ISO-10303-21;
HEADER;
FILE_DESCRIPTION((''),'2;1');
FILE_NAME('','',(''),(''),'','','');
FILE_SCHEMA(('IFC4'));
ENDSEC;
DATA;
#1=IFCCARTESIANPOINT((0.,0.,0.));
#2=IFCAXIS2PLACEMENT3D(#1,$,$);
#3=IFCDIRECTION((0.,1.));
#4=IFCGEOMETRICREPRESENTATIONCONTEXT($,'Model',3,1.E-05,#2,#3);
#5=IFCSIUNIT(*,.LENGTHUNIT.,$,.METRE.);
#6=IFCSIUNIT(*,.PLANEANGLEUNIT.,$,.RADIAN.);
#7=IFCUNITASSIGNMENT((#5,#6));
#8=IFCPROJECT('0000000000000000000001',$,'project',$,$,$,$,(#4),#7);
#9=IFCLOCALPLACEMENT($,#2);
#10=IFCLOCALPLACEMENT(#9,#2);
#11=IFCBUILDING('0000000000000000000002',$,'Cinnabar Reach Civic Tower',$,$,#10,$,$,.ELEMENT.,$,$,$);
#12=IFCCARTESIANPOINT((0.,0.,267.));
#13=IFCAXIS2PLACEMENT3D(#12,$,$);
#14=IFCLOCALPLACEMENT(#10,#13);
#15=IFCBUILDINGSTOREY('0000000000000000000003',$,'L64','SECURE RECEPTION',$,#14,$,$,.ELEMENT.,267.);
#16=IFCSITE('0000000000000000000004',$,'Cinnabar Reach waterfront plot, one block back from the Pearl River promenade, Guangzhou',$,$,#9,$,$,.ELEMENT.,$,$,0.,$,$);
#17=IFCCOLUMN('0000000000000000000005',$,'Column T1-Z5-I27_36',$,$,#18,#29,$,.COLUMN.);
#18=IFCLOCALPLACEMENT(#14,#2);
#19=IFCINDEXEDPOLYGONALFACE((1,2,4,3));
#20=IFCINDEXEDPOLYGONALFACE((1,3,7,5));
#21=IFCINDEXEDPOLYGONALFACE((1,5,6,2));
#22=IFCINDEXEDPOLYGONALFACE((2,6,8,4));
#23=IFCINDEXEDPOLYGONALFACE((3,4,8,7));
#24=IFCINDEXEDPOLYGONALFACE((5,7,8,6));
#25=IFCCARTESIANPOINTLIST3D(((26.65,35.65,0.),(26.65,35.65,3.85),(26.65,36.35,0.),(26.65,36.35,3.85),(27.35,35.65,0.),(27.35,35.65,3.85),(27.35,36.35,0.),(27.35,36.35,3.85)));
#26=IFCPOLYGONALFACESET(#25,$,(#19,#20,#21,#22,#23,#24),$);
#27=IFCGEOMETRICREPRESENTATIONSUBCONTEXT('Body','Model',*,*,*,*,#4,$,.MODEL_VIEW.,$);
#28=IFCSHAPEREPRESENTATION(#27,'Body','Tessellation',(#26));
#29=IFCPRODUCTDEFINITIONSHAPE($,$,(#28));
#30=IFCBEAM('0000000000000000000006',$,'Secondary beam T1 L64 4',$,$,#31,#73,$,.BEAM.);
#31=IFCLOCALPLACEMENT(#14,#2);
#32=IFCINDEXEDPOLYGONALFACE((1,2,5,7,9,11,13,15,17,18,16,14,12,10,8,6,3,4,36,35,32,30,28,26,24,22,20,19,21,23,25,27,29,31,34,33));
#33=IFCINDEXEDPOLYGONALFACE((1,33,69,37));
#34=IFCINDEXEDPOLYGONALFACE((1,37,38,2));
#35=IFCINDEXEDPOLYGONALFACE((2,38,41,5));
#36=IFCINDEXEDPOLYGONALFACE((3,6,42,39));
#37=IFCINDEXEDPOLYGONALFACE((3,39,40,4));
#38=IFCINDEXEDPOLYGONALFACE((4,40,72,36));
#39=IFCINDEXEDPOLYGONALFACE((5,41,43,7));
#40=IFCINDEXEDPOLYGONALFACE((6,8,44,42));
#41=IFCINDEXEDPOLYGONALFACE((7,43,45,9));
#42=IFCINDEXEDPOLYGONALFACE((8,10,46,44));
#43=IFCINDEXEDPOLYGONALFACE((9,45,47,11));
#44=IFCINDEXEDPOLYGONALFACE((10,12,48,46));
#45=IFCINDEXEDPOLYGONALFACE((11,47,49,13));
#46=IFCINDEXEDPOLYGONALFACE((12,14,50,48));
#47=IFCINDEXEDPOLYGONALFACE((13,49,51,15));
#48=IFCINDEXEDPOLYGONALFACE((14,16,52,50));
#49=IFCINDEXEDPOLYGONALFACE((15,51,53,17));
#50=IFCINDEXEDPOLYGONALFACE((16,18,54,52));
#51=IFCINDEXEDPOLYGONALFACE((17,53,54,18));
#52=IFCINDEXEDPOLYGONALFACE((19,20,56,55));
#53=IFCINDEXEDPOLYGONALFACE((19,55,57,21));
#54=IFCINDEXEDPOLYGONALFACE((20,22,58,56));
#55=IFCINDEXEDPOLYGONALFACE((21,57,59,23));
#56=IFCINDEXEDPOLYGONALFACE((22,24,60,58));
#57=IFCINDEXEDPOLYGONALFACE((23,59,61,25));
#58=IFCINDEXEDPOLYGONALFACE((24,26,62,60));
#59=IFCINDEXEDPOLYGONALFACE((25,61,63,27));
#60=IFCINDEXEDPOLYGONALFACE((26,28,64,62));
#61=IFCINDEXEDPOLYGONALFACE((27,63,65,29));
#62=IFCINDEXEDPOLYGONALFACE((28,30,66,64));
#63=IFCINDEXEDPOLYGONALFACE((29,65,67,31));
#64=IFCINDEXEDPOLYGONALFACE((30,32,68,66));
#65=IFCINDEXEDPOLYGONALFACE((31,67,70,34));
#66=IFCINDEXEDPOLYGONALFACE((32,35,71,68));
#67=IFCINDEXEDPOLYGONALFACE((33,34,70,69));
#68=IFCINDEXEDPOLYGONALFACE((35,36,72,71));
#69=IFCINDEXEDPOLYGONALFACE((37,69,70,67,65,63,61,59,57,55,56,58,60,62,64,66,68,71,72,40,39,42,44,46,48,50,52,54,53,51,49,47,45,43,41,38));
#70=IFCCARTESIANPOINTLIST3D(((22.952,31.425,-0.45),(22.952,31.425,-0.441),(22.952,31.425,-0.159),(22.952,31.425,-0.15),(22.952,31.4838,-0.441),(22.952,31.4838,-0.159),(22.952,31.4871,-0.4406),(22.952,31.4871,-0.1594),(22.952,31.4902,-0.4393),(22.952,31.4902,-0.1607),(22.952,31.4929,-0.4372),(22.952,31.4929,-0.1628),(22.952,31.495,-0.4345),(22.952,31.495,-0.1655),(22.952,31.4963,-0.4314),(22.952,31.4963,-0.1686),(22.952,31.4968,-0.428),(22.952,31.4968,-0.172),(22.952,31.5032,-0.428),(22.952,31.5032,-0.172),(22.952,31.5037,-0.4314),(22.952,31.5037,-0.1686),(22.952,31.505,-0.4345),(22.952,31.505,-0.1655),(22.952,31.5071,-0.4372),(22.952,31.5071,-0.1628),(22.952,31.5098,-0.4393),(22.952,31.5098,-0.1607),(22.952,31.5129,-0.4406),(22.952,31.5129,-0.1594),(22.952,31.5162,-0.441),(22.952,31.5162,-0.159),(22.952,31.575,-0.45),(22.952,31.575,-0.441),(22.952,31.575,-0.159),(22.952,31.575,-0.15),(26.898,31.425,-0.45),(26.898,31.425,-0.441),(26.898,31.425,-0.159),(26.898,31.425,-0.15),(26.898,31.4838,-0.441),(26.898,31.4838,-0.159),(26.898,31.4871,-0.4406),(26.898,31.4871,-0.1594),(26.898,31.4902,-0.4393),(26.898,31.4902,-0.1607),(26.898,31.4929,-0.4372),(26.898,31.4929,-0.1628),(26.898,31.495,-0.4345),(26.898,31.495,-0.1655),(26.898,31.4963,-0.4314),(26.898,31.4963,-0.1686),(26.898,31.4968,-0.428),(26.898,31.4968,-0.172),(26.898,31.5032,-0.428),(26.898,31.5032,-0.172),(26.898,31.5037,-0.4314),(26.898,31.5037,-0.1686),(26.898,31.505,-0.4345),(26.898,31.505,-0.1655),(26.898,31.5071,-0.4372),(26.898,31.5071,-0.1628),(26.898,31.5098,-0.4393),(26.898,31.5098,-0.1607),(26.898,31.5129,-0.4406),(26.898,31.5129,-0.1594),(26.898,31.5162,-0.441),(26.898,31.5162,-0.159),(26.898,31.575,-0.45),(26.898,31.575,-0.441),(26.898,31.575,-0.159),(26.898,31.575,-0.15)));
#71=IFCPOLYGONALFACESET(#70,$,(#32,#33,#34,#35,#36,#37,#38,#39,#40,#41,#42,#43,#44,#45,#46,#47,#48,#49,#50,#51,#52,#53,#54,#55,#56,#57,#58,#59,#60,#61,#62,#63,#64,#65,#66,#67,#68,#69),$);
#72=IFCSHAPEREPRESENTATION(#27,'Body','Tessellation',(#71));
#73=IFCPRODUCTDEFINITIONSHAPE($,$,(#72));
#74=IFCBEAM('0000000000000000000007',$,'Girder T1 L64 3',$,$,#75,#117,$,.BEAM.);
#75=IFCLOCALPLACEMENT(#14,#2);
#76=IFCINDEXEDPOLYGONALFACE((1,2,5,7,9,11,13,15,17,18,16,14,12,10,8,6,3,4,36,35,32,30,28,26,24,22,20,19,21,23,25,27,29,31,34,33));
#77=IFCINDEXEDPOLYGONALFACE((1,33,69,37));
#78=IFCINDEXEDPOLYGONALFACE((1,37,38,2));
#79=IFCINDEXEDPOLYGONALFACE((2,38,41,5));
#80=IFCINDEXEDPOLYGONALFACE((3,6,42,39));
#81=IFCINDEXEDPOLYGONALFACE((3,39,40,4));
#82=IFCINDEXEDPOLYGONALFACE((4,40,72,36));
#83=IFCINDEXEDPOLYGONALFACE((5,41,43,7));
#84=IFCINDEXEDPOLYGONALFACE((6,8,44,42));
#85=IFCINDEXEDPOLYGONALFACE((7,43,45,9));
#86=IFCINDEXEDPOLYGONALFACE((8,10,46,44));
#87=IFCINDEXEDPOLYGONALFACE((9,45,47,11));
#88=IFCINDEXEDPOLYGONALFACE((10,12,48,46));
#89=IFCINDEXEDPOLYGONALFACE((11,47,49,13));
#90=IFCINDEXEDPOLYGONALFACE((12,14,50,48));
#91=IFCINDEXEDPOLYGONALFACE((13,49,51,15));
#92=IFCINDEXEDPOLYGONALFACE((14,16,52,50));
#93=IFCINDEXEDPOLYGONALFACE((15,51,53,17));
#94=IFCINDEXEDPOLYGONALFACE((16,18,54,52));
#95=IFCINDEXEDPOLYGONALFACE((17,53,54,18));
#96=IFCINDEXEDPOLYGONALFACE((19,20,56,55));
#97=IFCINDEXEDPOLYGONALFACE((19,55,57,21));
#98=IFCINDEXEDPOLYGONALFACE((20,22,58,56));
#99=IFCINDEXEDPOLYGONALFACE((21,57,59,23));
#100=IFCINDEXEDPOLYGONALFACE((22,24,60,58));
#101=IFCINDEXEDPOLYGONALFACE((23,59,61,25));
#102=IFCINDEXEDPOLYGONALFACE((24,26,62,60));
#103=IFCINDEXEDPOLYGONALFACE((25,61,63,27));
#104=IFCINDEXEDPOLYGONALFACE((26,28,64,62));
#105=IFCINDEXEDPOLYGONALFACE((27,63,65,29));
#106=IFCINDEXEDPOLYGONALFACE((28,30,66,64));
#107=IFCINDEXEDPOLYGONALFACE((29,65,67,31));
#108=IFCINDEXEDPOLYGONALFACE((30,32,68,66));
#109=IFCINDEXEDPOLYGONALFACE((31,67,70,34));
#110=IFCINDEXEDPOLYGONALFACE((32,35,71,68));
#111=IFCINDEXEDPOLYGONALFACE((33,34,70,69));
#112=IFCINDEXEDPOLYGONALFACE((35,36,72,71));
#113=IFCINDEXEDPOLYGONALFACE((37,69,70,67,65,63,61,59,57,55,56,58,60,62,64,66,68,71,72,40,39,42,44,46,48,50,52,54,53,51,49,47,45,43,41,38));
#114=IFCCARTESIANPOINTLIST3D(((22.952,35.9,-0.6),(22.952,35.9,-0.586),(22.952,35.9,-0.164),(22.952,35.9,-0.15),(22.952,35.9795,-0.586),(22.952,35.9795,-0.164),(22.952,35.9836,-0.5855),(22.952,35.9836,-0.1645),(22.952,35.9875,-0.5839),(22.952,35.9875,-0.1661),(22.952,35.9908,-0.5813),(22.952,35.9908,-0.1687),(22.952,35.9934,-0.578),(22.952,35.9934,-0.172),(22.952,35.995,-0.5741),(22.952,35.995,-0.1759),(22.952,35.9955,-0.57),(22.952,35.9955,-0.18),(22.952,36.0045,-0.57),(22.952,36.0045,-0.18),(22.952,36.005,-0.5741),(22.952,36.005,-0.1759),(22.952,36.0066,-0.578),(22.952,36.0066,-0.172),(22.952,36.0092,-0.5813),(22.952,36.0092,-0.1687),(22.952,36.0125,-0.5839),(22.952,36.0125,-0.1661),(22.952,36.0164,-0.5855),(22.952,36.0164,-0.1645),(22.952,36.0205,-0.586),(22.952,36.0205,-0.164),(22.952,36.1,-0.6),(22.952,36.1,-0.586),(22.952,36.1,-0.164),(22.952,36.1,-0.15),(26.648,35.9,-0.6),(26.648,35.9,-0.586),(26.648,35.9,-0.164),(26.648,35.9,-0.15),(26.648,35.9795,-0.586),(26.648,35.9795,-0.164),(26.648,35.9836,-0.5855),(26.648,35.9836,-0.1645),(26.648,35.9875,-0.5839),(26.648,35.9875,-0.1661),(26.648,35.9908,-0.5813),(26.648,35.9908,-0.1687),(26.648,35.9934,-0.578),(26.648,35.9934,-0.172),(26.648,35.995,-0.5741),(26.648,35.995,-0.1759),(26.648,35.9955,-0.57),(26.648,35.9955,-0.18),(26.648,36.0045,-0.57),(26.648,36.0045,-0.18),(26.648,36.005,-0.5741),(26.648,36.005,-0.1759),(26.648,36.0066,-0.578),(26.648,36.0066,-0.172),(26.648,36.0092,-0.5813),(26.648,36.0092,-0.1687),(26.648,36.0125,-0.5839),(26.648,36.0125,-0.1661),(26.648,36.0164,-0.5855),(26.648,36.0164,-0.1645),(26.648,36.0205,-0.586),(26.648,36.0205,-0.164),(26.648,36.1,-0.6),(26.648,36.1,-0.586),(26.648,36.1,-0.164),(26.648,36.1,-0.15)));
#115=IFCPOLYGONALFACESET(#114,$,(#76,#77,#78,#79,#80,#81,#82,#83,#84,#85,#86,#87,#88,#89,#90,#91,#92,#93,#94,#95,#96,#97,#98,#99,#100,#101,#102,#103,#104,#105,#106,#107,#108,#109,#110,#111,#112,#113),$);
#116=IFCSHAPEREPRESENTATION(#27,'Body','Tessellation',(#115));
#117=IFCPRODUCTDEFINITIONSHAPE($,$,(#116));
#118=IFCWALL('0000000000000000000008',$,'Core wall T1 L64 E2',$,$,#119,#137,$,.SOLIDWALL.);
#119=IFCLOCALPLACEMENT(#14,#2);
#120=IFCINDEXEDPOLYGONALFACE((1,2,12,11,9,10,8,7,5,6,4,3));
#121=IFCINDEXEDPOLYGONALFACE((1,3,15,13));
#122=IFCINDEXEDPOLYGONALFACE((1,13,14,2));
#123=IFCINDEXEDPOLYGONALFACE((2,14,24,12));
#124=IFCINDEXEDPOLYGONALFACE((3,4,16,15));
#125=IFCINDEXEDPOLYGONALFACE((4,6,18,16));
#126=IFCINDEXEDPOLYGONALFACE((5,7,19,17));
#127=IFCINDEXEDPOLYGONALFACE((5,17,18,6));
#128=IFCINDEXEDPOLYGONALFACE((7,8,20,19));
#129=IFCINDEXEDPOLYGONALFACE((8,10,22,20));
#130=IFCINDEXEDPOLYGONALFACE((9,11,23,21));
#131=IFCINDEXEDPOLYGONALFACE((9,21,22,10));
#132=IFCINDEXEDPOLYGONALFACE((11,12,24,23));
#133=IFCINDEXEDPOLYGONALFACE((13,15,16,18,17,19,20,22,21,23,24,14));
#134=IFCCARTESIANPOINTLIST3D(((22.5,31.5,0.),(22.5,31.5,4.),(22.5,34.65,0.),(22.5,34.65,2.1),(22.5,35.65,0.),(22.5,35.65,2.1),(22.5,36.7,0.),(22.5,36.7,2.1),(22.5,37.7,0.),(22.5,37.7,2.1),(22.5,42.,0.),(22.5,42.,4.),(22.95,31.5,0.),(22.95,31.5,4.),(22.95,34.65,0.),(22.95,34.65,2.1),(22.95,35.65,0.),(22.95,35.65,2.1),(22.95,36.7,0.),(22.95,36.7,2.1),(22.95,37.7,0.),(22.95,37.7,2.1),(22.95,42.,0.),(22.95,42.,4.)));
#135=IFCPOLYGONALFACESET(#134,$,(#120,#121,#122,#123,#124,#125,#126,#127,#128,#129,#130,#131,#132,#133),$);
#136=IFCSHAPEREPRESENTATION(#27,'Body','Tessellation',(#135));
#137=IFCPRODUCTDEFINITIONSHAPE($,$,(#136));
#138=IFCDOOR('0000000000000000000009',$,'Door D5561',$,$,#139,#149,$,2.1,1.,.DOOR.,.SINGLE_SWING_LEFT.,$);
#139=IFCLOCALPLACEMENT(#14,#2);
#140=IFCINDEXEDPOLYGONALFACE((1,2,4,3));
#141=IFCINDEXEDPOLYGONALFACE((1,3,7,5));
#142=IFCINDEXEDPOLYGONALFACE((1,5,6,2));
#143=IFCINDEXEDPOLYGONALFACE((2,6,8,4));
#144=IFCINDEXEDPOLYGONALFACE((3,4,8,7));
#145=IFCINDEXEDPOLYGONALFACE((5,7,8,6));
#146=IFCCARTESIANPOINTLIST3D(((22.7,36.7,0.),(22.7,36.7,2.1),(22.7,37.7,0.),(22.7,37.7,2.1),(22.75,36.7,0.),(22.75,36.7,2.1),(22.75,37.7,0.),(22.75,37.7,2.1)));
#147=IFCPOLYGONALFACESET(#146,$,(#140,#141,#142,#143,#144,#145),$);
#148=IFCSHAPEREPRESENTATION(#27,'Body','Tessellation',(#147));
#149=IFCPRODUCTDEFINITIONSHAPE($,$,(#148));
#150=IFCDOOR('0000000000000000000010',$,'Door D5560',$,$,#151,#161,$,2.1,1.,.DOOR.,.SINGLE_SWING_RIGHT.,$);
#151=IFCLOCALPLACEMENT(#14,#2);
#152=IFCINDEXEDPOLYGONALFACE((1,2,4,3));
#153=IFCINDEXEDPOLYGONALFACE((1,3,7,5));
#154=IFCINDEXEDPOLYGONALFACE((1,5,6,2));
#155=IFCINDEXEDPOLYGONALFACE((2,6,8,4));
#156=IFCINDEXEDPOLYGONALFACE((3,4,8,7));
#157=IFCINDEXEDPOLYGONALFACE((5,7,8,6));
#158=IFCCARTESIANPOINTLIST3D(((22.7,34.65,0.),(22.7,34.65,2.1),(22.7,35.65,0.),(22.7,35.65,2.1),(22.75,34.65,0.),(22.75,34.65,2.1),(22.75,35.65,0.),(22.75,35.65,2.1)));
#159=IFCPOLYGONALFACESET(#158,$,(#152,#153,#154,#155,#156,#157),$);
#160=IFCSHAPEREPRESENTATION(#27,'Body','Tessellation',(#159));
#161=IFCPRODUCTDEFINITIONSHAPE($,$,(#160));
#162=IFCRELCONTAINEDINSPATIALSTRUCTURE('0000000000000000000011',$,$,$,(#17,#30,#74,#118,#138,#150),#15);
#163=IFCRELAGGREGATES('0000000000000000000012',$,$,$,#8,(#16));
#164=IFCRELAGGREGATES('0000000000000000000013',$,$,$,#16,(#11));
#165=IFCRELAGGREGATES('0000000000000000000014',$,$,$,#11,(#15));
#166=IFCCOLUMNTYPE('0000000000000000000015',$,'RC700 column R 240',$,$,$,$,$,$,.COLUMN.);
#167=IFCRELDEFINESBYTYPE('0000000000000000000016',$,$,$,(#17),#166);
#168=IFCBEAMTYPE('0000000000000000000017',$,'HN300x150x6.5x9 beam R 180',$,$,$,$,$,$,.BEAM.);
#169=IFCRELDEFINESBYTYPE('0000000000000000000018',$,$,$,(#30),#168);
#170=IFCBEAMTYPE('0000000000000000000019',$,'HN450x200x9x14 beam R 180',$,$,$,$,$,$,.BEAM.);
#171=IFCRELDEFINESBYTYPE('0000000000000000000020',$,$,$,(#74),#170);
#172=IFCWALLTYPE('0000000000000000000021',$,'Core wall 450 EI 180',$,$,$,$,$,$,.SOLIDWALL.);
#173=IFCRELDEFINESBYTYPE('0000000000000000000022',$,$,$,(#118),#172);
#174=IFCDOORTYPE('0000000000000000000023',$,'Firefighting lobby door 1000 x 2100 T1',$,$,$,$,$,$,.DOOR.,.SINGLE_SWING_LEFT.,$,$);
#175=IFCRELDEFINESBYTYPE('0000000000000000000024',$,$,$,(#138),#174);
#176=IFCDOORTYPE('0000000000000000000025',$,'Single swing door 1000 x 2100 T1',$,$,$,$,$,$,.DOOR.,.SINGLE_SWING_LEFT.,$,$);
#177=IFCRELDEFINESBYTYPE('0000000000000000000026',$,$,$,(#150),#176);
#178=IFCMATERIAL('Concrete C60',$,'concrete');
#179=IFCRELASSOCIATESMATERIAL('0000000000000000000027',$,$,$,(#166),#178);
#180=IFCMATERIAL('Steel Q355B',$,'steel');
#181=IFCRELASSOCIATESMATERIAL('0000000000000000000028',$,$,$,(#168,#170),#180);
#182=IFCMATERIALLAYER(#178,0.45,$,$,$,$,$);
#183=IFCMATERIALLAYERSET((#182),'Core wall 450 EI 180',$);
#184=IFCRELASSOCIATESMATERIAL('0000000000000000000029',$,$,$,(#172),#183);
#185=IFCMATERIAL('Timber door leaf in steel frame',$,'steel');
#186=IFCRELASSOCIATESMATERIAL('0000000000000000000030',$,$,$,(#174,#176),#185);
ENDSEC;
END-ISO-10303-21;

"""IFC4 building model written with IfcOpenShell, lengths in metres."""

from ifc_helpers import new_model, si_unit, direction, frame, frame_2d, origin, origin_2d, place, context, subcontext, project, spatial, rectangle, i_section, extrude, material, layer, layer_set, material_profile, profile_set, type_object, element, fill, save


model = new_model("IFC4")

# Units and contexts
model_context = context("Model", 3, precision=1e-05, world=origin(), true_north=direction((0.0, 1.0)))
body_context = subcontext(model_context, "Body", "Model", "MODEL_VIEW")
ifc_project = project(units=[si_unit("LENGTHUNIT", "METRE"), si_unit("PLANEANGLEUNIT", "RADIAN")], contexts=[model_context])

# Site, building, storey
site_placement = place(None, origin())
site = spatial("IfcSite", under=ifc_project, at=site_placement, Name="Cinnabar Reach waterfront plot, one block back from the Pearl River promenade, Guangzhou", CompositionType="ELEMENT", RefElevation=0.0)
building_placement = place(site_placement, origin())
building = spatial("IfcBuilding", under=site, at=building_placement, Name="Cinnabar Reach Civic Tower", CompositionType="ELEMENT")
storey_placement = place(building_placement, frame((0.0, 0.0, 267.0)))
storey = spatial("IfcBuildingStorey", under=building, at=storey_placement, Name="L64", Description="SECURE RECEPTION", CompositionType="ELEMENT", Elevation=267.0)

# Column
ifc_material_1 = material(Name="Concrete C60", Category="concrete")
ifc_material_profile_1 = material_profile(ifc_material_1, rectangle(XDim=0.7, YDim=0.7, at=origin_2d()), Name="RC700")
ifc_profile_set_1 = profile_set([ifc_material_profile_1], Name="Concrete C60")
column_type = type_object("IfcColumnType", Name="RC700 column R 240", PredefinedType="COLUMN", material=ifc_profile_set_1)
column_placement = place(storey_placement, frame((27.0, 36.0, 0.0), z_axis=(0.0, 0.0, 1.0), x_axis=(1.0, 0.0, 0.0)))
element("IfcColumn", 1, at=column_placement, inside=storey, type_object=column_type, Name="Column T1-Z5-I27_36", PredefinedType="COLUMN", context=body_context, shape_type="SweptSolid", body=[
    extrude(rectangle(XDim=0.7, YDim=0.7, at=origin_2d()), origin(), (0.0, 0.0, 1.0), 3.85),
])

# Beams
ifc_material_2 = material(Name="Steel Q355B", Category="steel")
ifc_material_profile_2 = material_profile(ifc_material_2, i_section(OverallWidth=0.15, OverallDepth=0.3, WebThickness=0.0065, FlangeThickness=0.009, FilletRadius=0.013, at=origin_2d()), Name="HN300x150x6.5x9")
ifc_profile_set_2 = profile_set([ifc_material_profile_2], Name="Steel Q355B")
beam_type_1 = type_object("IfcBeamType", Name="HN300x150x6.5x9 beam R 180", PredefinedType="BEAM", material=ifc_profile_set_2)
beam_1_placement = place(storey_placement, frame((22.952, 31.5, -0.3), z_axis=(1.0, 0.0, 0.0), x_axis=(0.0, 1.0, 0.0)))
element("IfcBeam", 2, at=beam_1_placement, inside=storey, type_object=beam_type_1, Name="Secondary beam T1 L64 4", PredefinedType="BEAM", context=body_context, shape_type="SweptSolid", body=[
    extrude(i_section(OverallWidth=0.15, OverallDepth=0.3, WebThickness=0.0065, FlangeThickness=0.009, FilletRadius=0.013, at=origin_2d()), origin(), (0.0, 0.0, 1.0), 3.946),
])
ifc_material_profile_3 = material_profile(ifc_material_2, i_section(OverallWidth=0.2, OverallDepth=0.45, WebThickness=0.009, FlangeThickness=0.014, FilletRadius=0.016, at=origin_2d()), Name="HN450x200x9x14")
ifc_profile_set_3 = profile_set([ifc_material_profile_3], Name="Steel Q355B")
beam_type_2 = type_object("IfcBeamType", Name="HN450x200x9x14 beam R 180", PredefinedType="BEAM", material=ifc_profile_set_3)
beam_2_placement = place(storey_placement, frame((22.952, 36.0, -0.375), z_axis=(1.0, 0.0, 0.0), x_axis=(0.0, 1.0, 0.0)))
element("IfcBeam", 3, at=beam_2_placement, inside=storey, type_object=beam_type_2, Name="Girder T1 L64 3", PredefinedType="BEAM", context=body_context, shape_type="SweptSolid", body=[
    extrude(i_section(OverallWidth=0.2, OverallDepth=0.45, WebThickness=0.009, FlangeThickness=0.014, FilletRadius=0.016, at=origin_2d()), origin(), (0.0, 0.0, 1.0), 3.696),
])

# Wall, openings, doors
ifc_layer_1 = layer(ifc_material_1, 0.45)
ifc_layer_set_1 = layer_set([ifc_layer_1], Name="Core wall 450 EI 180")
wall_type_1 = type_object("IfcWallType", Name="Core wall 450 EI 180", PredefinedType="SOLIDWALL", material=ifc_layer_set_1)
wall_1_placement = place(storey_placement, frame((22.725, 31.5, 0.0), z_axis=(0.0, 0.0, 1.0), x_axis=(0.0, 1.0, 0.0)))
wall_1 = element("IfcWall", 4, at=wall_1_placement, inside=storey, type_object=wall_type_1, Name="Core wall T1 L64 E2", PredefinedType="SOLIDWALL", context=body_context, shape_type="SweptSolid", body=[
    extrude(rectangle(XDim=10.5, YDim=0.45, at=frame_2d((5.25, 0.0))), origin(), (0.0, 0.0, 1.0), 4.0),
])
opening_1_placement = place(wall_1_placement, frame((3.15, 0.0, 0.0)))
opening_1 = element("IfcOpeningElement", 5, at=opening_1_placement, cuts=wall_1, PredefinedType="OPENING", context=body_context, shape_type="SweptSolid", body=[
    extrude(rectangle(XDim=1.0, YDim=2.1, at=frame_2d((0.5, 1.05))), frame((0.0, 0.235, 0.0), z_axis=(0.0, -1.0, 0.0), x_axis=(1.0, 0.0, 0.0)), (0.0, 0.0, 1.0), 0.47),
])
opening_2_placement = place(wall_1_placement, frame((5.2, 0.0, 0.0)))
opening_2 = element("IfcOpeningElement", 6, at=opening_2_placement, cuts=wall_1, PredefinedType="OPENING", context=body_context, shape_type="SweptSolid", body=[
    extrude(rectangle(XDim=1.0, YDim=2.1, at=frame_2d((0.5, 1.05))), frame((0.0, 0.235, 0.0), z_axis=(0.0, -1.0, 0.0), x_axis=(1.0, 0.0, 0.0)), (0.0, 0.0, 1.0), 0.47),
])
ifc_material_3 = material(Name="Timber door leaf in steel frame", Category="steel")
door_type_1 = type_object("IfcDoorType", Name="Firefighting lobby door 1000 x 2100 T1", OperationType="SINGLE_SWING_LEFT", PredefinedType="DOOR", material=ifc_material_3)
door_1_placement = place(opening_2_placement, origin())
door_1 = element("IfcDoor", 7, at=door_1_placement, inside=storey, type_object=door_type_1, Name="Door D5561", OperationType="SINGLE_SWING_LEFT", OverallHeight=2.1, OverallWidth=1.0, PredefinedType="DOOR", context=body_context, shape_type="SweptSolid", body=[
    extrude(rectangle(XDim=1.0, YDim=2.1, at=frame_2d((0.5, 1.05))), frame((0.0, 0.025, 0.0), z_axis=(0.0, -1.0, 0.0), x_axis=(1.0, 0.0, 0.0)), (0.0, 0.0, 1.0), 0.05),
])
fill(opening_2, door_1)
door_type_2 = type_object("IfcDoorType", Name="Single swing door 1000 x 2100 T1", OperationType="SINGLE_SWING_LEFT", PredefinedType="DOOR", material=ifc_material_3)
door_2_placement = place(opening_1_placement, origin())
door_2 = element("IfcDoor", 8, at=door_2_placement, inside=storey, type_object=door_type_2, Name="Door D5560", OperationType="SINGLE_SWING_RIGHT", OverallHeight=2.1, OverallWidth=1.0, PredefinedType="DOOR", context=body_context, shape_type="SweptSolid", body=[
    extrude(rectangle(XDim=1.0, YDim=2.1, at=frame_2d((0.5, 1.05))), frame((0.0, 0.025, 0.0), z_axis=(0.0, -1.0, 0.0), x_axis=(1.0, 0.0, 0.0)), (0.0, 0.0, 1.0), 0.05),
])
fill(opening_1, door_2)

save(model, "model.ifc")
